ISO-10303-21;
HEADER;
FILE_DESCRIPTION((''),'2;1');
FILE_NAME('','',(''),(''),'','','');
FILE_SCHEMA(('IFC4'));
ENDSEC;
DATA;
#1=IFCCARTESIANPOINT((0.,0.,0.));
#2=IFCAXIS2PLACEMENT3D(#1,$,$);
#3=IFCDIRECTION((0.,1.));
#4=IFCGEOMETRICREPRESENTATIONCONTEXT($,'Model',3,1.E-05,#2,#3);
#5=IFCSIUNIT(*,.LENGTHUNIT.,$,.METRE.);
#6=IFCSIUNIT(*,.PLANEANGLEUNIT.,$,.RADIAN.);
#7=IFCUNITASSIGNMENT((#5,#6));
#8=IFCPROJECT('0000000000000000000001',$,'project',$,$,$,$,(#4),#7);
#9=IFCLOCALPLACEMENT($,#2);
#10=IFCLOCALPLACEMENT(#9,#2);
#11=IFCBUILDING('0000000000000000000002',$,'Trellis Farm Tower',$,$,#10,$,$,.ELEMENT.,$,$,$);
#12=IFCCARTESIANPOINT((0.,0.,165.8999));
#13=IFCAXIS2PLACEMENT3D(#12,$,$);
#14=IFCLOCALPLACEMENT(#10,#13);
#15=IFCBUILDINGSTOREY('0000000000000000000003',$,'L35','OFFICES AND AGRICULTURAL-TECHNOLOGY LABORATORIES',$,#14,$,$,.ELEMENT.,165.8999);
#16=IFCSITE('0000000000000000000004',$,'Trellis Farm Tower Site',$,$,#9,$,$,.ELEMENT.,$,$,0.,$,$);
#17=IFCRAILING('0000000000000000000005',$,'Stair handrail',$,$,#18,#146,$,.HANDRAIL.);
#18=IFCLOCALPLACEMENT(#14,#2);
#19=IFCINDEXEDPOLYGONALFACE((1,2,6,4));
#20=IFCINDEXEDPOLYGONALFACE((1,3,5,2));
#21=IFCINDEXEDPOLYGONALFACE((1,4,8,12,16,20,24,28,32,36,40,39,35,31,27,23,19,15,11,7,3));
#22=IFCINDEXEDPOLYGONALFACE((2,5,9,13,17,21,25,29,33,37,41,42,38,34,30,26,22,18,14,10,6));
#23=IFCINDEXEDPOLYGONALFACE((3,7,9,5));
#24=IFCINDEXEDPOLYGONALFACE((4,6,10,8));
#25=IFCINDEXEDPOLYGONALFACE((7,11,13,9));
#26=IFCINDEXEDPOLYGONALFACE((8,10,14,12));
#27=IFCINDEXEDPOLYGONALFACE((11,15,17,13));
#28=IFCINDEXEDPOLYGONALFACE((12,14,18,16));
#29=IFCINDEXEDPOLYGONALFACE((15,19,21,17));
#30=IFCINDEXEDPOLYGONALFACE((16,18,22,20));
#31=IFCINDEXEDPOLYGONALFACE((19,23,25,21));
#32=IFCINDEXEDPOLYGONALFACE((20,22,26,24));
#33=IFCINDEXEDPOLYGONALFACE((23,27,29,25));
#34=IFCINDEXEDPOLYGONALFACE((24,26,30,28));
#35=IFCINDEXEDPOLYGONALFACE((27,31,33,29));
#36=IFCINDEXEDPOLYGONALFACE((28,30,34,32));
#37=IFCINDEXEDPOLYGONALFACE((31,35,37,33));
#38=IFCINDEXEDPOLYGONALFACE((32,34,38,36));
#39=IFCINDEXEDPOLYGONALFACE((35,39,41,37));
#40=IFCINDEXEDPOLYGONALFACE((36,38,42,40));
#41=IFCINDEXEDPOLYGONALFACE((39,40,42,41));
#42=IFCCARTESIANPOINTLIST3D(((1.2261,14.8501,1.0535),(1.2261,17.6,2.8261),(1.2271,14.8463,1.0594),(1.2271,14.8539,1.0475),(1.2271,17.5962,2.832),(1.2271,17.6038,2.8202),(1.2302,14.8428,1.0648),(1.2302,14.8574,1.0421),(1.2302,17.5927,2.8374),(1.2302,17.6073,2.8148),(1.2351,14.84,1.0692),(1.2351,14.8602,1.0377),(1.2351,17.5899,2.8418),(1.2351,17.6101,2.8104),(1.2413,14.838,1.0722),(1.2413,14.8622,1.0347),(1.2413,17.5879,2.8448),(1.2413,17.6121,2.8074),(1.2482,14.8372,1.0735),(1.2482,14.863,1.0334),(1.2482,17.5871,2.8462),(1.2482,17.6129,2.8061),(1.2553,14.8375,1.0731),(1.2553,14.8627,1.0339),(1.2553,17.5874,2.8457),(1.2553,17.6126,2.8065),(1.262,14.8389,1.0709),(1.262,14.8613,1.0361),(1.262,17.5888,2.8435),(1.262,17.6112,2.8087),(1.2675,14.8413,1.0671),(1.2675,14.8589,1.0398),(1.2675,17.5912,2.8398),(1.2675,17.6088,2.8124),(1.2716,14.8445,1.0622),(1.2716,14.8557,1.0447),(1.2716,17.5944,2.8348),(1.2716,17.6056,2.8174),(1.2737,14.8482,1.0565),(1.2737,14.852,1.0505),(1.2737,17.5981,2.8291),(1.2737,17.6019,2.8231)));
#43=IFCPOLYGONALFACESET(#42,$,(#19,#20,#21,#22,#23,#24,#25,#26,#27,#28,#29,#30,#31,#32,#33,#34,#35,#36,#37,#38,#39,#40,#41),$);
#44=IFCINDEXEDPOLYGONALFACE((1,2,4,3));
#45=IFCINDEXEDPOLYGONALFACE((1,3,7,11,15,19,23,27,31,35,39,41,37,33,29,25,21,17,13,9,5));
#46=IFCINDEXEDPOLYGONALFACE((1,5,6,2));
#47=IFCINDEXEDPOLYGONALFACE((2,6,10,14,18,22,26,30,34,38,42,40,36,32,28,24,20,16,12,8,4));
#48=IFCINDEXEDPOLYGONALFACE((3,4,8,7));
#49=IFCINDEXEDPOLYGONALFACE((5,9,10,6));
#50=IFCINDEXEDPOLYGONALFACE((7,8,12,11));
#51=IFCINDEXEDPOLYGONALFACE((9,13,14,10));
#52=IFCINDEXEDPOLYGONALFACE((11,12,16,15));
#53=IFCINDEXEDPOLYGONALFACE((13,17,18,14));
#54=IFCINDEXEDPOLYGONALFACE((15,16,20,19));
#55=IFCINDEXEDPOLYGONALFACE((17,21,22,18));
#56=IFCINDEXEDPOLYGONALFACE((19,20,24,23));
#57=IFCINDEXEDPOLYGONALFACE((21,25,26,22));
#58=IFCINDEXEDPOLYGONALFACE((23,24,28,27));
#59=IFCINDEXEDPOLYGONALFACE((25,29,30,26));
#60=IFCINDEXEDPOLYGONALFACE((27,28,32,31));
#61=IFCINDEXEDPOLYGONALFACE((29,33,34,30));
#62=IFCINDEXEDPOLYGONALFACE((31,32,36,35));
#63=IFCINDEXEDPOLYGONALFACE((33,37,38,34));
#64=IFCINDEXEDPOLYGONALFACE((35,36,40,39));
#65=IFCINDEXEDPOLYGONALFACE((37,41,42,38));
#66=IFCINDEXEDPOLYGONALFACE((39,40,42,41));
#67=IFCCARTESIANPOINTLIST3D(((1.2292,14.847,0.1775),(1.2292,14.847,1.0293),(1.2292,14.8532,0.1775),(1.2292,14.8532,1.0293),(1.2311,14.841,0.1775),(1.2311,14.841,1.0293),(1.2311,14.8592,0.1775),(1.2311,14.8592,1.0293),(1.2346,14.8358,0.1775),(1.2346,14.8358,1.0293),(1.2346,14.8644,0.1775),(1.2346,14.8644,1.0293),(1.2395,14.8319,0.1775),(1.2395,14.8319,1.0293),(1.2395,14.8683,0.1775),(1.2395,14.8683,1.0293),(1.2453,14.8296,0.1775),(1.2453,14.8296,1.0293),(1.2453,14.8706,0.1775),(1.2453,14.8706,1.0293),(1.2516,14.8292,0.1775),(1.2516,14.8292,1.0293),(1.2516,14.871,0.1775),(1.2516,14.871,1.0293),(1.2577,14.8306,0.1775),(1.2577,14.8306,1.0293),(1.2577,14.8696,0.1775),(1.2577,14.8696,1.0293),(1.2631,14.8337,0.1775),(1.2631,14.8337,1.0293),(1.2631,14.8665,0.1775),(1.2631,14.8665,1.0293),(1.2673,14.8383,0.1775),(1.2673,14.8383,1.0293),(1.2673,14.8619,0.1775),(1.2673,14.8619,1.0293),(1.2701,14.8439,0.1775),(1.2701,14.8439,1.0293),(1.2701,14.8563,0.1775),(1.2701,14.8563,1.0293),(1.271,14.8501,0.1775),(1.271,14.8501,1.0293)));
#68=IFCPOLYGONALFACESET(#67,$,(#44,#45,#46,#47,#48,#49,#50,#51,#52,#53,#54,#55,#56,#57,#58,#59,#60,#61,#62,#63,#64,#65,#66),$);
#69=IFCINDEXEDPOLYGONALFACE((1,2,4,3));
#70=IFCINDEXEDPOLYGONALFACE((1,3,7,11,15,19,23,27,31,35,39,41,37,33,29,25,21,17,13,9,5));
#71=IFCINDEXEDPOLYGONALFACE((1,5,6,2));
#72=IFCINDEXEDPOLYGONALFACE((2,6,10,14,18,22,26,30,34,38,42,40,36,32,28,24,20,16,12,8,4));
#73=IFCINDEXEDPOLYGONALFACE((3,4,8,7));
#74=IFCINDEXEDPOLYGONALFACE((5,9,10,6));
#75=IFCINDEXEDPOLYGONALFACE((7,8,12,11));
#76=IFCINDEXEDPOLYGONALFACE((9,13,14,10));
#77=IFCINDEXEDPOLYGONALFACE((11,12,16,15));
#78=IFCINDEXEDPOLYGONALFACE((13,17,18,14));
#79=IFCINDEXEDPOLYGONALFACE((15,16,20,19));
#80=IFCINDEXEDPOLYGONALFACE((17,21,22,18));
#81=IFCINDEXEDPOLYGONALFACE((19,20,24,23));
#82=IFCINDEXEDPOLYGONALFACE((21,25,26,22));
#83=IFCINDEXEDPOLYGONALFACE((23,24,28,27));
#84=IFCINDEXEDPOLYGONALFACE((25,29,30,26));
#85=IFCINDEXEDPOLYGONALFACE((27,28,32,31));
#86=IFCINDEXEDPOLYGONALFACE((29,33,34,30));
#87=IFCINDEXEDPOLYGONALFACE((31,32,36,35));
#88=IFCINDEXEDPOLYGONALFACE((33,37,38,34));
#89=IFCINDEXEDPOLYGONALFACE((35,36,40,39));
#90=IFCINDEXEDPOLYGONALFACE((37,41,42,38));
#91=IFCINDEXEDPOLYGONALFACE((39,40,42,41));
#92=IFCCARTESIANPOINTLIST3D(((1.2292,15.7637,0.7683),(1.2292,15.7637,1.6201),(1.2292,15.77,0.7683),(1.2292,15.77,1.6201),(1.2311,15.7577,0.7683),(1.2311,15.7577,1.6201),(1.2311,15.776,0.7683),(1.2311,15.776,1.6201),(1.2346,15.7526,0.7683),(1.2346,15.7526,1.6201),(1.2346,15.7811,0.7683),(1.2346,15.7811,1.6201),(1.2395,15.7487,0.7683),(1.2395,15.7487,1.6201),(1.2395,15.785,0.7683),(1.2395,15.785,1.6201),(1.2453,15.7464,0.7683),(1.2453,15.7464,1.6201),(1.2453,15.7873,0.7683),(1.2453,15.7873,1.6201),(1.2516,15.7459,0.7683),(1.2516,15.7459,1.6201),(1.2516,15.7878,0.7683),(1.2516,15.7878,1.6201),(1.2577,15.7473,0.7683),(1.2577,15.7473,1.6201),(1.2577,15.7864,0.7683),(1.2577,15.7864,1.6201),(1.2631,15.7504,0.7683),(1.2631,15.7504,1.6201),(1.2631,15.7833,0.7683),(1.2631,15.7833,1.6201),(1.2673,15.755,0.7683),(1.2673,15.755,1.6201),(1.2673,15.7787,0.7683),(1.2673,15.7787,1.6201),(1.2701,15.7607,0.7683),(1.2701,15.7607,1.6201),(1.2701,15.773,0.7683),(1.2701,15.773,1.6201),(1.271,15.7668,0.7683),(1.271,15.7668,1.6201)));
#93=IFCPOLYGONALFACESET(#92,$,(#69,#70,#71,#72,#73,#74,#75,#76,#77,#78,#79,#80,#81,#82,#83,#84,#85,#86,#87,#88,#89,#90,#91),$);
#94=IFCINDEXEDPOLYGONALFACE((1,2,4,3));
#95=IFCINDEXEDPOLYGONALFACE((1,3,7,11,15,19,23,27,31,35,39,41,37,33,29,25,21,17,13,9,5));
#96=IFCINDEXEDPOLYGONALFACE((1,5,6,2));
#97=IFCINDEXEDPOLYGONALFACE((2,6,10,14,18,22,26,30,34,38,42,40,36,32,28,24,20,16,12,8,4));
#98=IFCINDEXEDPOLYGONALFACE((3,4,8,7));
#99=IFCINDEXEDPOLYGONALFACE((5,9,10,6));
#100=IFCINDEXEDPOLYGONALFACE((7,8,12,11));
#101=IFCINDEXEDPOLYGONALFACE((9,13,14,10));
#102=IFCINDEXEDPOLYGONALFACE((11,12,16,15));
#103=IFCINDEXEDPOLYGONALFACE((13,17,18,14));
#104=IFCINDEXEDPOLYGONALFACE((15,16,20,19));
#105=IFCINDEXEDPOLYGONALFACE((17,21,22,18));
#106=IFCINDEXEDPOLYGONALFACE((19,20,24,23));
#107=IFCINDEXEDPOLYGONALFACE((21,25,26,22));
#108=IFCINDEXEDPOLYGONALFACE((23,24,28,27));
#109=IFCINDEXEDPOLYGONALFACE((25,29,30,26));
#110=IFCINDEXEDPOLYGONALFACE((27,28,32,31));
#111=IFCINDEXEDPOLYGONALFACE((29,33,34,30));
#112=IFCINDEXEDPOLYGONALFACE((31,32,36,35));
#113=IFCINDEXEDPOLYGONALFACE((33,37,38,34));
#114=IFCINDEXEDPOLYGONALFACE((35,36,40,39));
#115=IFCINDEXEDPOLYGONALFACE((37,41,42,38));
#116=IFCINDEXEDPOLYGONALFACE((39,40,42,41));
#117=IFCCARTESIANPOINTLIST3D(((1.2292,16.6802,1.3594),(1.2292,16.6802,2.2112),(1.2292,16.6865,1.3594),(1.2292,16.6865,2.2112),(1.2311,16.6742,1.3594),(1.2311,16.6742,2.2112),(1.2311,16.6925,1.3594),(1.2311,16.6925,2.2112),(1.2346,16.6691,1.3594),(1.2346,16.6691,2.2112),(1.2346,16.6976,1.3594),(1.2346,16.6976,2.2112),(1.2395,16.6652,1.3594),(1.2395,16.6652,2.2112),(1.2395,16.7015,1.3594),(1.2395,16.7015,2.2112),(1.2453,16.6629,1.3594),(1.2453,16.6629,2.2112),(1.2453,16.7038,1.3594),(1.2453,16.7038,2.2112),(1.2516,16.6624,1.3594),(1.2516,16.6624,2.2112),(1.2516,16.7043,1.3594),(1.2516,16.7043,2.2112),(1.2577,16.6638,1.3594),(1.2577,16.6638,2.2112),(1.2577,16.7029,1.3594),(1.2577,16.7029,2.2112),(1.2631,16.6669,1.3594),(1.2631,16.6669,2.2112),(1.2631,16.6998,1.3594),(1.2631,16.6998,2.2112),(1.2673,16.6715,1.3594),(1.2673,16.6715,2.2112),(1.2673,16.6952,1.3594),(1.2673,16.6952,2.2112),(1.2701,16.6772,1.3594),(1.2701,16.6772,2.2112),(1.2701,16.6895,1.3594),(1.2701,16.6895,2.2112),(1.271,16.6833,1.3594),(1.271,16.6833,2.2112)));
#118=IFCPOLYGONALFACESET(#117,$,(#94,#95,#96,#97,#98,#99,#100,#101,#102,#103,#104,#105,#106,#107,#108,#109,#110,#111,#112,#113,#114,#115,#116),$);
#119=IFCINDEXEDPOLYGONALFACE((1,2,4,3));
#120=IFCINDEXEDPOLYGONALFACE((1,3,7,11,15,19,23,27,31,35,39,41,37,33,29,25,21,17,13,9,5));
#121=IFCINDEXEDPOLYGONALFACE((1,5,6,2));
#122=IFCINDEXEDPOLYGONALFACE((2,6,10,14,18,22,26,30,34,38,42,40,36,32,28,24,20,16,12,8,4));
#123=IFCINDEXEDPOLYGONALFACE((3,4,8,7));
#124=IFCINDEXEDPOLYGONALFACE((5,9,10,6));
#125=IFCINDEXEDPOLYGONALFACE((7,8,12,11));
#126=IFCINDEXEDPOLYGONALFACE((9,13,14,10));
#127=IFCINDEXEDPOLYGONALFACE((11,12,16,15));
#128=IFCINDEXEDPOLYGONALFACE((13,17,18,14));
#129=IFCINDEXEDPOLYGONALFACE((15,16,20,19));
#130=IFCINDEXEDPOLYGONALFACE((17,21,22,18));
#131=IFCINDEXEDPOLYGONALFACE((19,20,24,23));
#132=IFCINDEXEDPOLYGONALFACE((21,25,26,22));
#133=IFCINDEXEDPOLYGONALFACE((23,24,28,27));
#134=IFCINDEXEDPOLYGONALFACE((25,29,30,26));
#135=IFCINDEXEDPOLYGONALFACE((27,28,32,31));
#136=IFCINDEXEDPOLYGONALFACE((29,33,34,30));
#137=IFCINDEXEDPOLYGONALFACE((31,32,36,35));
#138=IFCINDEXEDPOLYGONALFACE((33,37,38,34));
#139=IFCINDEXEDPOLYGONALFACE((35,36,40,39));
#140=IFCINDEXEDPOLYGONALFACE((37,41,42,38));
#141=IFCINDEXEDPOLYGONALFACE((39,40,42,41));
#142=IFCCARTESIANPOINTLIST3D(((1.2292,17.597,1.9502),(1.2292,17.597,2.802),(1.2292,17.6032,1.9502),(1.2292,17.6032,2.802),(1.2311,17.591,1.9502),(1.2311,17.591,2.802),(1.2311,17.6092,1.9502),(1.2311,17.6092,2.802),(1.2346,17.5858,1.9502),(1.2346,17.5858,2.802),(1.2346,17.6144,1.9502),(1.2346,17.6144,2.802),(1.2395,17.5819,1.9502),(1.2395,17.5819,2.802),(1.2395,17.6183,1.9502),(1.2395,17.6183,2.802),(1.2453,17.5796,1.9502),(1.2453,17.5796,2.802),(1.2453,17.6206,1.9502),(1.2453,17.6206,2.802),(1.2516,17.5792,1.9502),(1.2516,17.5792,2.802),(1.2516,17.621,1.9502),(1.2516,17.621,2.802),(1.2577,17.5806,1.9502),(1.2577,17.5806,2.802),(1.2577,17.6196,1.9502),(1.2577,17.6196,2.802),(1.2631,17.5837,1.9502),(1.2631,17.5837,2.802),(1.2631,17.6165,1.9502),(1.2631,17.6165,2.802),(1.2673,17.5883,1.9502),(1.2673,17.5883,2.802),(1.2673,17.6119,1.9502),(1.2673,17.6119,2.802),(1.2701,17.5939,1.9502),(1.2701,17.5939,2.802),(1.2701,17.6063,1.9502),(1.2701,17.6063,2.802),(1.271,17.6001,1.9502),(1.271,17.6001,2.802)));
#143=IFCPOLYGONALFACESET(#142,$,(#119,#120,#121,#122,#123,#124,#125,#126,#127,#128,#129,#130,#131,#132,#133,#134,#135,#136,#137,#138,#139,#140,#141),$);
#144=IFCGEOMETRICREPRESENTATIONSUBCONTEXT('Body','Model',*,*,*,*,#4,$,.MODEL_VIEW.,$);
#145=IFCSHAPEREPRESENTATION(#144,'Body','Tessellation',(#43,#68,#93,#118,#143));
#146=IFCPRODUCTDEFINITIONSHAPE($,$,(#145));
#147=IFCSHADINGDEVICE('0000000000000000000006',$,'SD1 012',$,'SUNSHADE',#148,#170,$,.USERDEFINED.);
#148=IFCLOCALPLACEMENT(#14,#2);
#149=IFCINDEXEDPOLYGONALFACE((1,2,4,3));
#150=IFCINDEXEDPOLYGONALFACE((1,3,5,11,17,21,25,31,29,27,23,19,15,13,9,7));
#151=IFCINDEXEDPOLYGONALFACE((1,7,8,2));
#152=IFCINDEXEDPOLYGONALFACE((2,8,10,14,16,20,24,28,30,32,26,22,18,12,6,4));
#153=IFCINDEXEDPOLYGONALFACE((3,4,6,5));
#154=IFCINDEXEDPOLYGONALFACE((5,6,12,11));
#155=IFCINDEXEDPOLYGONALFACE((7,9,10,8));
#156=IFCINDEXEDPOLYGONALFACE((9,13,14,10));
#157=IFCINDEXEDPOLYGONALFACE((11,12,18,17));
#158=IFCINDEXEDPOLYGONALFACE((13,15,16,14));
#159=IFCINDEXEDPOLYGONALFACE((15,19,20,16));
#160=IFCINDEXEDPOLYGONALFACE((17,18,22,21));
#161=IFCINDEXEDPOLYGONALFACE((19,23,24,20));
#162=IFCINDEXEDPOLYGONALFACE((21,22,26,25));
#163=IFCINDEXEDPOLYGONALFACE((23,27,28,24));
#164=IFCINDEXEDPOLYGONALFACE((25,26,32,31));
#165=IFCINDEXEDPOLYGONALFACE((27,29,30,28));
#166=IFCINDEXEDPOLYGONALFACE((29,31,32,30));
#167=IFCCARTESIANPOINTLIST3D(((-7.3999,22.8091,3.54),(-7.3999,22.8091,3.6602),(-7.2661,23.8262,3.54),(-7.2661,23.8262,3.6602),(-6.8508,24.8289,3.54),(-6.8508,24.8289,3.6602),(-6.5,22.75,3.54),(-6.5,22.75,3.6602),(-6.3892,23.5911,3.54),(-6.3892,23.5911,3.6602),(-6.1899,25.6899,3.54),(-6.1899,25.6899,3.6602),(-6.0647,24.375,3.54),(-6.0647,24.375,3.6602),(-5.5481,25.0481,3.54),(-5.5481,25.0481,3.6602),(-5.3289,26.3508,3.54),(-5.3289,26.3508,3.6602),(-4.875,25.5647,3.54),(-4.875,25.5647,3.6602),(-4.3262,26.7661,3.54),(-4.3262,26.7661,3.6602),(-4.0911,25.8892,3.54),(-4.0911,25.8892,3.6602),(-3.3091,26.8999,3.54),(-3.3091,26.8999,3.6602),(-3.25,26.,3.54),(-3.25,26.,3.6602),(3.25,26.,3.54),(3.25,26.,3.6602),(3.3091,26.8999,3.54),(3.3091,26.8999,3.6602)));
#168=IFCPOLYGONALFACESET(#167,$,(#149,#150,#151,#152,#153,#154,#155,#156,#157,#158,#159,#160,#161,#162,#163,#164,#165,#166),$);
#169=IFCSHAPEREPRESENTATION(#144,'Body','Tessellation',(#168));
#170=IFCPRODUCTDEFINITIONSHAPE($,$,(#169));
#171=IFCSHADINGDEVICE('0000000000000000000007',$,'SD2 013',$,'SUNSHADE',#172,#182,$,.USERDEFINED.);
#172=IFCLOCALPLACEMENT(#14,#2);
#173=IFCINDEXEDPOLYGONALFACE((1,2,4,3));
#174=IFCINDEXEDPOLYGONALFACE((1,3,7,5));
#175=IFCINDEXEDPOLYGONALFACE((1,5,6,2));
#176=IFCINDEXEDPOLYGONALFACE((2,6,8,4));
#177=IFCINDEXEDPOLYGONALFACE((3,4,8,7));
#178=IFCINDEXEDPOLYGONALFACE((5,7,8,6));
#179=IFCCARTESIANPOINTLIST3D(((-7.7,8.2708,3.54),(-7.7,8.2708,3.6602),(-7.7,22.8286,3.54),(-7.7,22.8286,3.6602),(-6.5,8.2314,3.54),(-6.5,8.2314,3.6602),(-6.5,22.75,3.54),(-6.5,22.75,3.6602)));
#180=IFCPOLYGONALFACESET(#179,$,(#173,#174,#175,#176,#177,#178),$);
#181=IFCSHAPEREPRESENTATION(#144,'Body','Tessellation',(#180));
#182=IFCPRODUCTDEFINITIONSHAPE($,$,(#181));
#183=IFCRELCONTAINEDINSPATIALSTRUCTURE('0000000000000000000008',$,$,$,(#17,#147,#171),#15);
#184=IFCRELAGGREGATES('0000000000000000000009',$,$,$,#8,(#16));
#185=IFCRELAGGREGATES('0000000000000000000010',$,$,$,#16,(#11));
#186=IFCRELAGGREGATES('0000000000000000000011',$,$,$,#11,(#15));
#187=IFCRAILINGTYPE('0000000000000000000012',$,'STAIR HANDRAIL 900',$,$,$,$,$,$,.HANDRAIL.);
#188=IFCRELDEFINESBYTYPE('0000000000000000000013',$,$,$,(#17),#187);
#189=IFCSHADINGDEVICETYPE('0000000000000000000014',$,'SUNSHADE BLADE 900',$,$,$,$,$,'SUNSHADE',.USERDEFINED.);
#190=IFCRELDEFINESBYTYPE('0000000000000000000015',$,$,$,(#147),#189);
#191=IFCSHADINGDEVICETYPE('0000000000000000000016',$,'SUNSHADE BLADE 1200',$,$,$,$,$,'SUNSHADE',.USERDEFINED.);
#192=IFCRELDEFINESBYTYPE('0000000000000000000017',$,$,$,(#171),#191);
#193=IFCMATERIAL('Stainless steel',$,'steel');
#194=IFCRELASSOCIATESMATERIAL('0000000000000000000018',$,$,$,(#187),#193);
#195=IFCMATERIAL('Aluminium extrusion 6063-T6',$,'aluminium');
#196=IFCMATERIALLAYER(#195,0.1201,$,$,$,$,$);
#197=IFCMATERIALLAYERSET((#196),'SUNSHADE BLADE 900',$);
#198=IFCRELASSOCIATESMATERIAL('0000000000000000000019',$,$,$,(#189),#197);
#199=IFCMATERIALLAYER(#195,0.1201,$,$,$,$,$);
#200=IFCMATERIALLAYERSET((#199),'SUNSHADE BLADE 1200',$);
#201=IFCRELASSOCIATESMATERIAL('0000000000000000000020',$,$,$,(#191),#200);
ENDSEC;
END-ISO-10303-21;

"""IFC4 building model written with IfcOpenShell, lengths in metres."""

from ifc_helpers import new_model, si_unit, direction, frame, origin, origin_2d, place, context, subcontext, project, spatial, polyline, circle, outline, extrude, source, transform, mapped, material, layer, layer_set, type_object, element, save


model = new_model("IFC4")

# Units and contexts
model_context = context("Model", 3, precision=1e-05, world=origin(), true_north=direction((0.0, 1.0)))
body_context = subcontext(model_context, "Body", "Model", "MODEL_VIEW")
ifc_project = project(units=[si_unit("LENGTHUNIT", "METRE"), si_unit("PLANEANGLEUNIT", "RADIAN")], contexts=[model_context])

# Site, building, storey
site_placement = place(None, origin())
site = spatial("IfcSite", under=ifc_project, at=site_placement, Name="Trellis Farm Tower Site", CompositionType="ELEMENT", RefElevation=0.0)
building_placement = place(site_placement, origin())
building = spatial("IfcBuilding", under=site, at=building_placement, Name="Trellis Farm Tower", CompositionType="ELEMENT")
storey_placement = place(building_placement, frame((0.0, 0.0, 165.8999)))
storey = spatial("IfcBuildingStorey", under=building, at=storey_placement, Name="L35", Description="OFFICES AND AGRICULTURAL-TECHNOLOGY LABORATORIES", CompositionType="ELEMENT", Elevation=165.8999)

# Shared definitions
ifc_material_1 = material(Name="Aluminium extrusion 6063-T6", Category="aluminium")

# Railing
ifc_material_2 = material(Name="Stainless steel", Category="steel")
railing_type = type_object("IfcRailingType", Name="STAIR HANDRAIL 900", PredefinedType="HANDRAIL", material=ifc_material_2)
shared_shape_1 = source(origin(), body_context, "Body", "SweptSolid", [
    extrude(circle(Radius=0.0239, at=origin_2d()), frame((0.0, 0.0, 0.876), z_axis=(0.0, 0.840504, 0.541806), x_axis=(-1.0, 0.0, 0.0)), (0.0, 0.0, 1.0), 3.2717),
    extrude(circle(Radius=0.021, at=origin_2d()), origin(), (0.0, 0.0, 1.0), 0.8518),
    extrude(circle(Radius=0.021, at=origin_2d()), frame((0.0, 0.9167, 0.5908)), (0.0, 0.0, 1.0), 0.8518),
    extrude(circle(Radius=0.021, at=origin_2d()), frame((0.0, 1.8333, 1.1819)), (0.0, 0.0, 1.0), 0.8518),
    extrude(circle(Radius=0.021, at=origin_2d()), frame((0.0, 2.75, 1.7727)), (0.0, 0.0, 1.0), 0.8518),
])
railing_placement = place(storey_placement, frame((1.25, 14.8501, 0.1775)))
element("IfcRailing", 1, at=railing_placement, inside=storey, type_object=railing_type, Name="Stair handrail", PredefinedType="HANDRAIL", context=body_context, shape_type="MappedRepresentation", body=[
    mapped(shared_shape_1, transform((0.0, 0.0, 0.0))),
])

# Shading devices
ifc_layer_1 = layer(ifc_material_1, 0.1201)
ifc_layer_set_1 = layer_set([ifc_layer_1], Name="SUNSHADE BLADE 900")
shading_device_type_1 = type_object("IfcShadingDeviceType", Name="SUNSHADE BLADE 900", ElementType="SUNSHADE", PredefinedType="USERDEFINED", material=ifc_layer_set_1)
shared_shape_2 = source(origin(), body_context, "Body", "SweptSolid", [
    extrude(outline(polyline([(3.3091, 26.8999), (-3.3091, 26.8999), (-4.3262, 26.7661), (-5.3289, 26.3508), (-6.1899, 25.6899), (-6.8508, 24.8289), (-7.2661, 23.8262), (-7.3999, 22.8091), (-6.5, 22.75), (-6.3892, 23.5911), (-6.0647, 24.375), (-5.5481, 25.0481), (-4.875, 25.5647), (-4.0911, 25.8892), (-3.25, 26.0), (3.25, 26.0), (3.3091, 26.8999)])), origin(), (0.0, 0.0, 1.0), 0.1201),
])
placement_1 = place(storey_placement, frame((0.0, 0.0, 3.54)))
element("IfcShadingDevice", 2, at=placement_1, inside=storey, type_object=shading_device_type_1, Name="SD1 012", ObjectType="SUNSHADE", PredefinedType="USERDEFINED", context=body_context, shape_type="MappedRepresentation", body=[
    mapped(shared_shape_2, transform((0.0, 0.0, 0.0))),
])
ifc_layer_2 = layer(ifc_material_1, 0.1201)
ifc_layer_set_2 = layer_set([ifc_layer_2], Name="SUNSHADE BLADE 1200")
shading_device_type_2 = type_object("IfcShadingDeviceType", Name="SUNSHADE BLADE 1200", ElementType="SUNSHADE", PredefinedType="USERDEFINED", material=ifc_layer_set_2)
shared_shape_3 = source(origin(), body_context, "Body", "SweptSolid", [
    extrude(outline(polyline([(-7.7, 22.8286), (-7.7, 8.2708), (-6.5, 8.2314), (-6.5, 22.75), (-7.7, 22.8286)])), origin(), (0.0, 0.0, 1.0), 0.1201),
])
element("IfcShadingDevice", 3, at=placement_1, inside=storey, type_object=shading_device_type_2, Name="SD2 013", ObjectType="SUNSHADE", PredefinedType="USERDEFINED", context=body_context, shape_type="MappedRepresentation", body=[
    mapped(shared_shape_3, transform((0.0, 0.0, 0.0))),
])

save(model, "model.ifc")
